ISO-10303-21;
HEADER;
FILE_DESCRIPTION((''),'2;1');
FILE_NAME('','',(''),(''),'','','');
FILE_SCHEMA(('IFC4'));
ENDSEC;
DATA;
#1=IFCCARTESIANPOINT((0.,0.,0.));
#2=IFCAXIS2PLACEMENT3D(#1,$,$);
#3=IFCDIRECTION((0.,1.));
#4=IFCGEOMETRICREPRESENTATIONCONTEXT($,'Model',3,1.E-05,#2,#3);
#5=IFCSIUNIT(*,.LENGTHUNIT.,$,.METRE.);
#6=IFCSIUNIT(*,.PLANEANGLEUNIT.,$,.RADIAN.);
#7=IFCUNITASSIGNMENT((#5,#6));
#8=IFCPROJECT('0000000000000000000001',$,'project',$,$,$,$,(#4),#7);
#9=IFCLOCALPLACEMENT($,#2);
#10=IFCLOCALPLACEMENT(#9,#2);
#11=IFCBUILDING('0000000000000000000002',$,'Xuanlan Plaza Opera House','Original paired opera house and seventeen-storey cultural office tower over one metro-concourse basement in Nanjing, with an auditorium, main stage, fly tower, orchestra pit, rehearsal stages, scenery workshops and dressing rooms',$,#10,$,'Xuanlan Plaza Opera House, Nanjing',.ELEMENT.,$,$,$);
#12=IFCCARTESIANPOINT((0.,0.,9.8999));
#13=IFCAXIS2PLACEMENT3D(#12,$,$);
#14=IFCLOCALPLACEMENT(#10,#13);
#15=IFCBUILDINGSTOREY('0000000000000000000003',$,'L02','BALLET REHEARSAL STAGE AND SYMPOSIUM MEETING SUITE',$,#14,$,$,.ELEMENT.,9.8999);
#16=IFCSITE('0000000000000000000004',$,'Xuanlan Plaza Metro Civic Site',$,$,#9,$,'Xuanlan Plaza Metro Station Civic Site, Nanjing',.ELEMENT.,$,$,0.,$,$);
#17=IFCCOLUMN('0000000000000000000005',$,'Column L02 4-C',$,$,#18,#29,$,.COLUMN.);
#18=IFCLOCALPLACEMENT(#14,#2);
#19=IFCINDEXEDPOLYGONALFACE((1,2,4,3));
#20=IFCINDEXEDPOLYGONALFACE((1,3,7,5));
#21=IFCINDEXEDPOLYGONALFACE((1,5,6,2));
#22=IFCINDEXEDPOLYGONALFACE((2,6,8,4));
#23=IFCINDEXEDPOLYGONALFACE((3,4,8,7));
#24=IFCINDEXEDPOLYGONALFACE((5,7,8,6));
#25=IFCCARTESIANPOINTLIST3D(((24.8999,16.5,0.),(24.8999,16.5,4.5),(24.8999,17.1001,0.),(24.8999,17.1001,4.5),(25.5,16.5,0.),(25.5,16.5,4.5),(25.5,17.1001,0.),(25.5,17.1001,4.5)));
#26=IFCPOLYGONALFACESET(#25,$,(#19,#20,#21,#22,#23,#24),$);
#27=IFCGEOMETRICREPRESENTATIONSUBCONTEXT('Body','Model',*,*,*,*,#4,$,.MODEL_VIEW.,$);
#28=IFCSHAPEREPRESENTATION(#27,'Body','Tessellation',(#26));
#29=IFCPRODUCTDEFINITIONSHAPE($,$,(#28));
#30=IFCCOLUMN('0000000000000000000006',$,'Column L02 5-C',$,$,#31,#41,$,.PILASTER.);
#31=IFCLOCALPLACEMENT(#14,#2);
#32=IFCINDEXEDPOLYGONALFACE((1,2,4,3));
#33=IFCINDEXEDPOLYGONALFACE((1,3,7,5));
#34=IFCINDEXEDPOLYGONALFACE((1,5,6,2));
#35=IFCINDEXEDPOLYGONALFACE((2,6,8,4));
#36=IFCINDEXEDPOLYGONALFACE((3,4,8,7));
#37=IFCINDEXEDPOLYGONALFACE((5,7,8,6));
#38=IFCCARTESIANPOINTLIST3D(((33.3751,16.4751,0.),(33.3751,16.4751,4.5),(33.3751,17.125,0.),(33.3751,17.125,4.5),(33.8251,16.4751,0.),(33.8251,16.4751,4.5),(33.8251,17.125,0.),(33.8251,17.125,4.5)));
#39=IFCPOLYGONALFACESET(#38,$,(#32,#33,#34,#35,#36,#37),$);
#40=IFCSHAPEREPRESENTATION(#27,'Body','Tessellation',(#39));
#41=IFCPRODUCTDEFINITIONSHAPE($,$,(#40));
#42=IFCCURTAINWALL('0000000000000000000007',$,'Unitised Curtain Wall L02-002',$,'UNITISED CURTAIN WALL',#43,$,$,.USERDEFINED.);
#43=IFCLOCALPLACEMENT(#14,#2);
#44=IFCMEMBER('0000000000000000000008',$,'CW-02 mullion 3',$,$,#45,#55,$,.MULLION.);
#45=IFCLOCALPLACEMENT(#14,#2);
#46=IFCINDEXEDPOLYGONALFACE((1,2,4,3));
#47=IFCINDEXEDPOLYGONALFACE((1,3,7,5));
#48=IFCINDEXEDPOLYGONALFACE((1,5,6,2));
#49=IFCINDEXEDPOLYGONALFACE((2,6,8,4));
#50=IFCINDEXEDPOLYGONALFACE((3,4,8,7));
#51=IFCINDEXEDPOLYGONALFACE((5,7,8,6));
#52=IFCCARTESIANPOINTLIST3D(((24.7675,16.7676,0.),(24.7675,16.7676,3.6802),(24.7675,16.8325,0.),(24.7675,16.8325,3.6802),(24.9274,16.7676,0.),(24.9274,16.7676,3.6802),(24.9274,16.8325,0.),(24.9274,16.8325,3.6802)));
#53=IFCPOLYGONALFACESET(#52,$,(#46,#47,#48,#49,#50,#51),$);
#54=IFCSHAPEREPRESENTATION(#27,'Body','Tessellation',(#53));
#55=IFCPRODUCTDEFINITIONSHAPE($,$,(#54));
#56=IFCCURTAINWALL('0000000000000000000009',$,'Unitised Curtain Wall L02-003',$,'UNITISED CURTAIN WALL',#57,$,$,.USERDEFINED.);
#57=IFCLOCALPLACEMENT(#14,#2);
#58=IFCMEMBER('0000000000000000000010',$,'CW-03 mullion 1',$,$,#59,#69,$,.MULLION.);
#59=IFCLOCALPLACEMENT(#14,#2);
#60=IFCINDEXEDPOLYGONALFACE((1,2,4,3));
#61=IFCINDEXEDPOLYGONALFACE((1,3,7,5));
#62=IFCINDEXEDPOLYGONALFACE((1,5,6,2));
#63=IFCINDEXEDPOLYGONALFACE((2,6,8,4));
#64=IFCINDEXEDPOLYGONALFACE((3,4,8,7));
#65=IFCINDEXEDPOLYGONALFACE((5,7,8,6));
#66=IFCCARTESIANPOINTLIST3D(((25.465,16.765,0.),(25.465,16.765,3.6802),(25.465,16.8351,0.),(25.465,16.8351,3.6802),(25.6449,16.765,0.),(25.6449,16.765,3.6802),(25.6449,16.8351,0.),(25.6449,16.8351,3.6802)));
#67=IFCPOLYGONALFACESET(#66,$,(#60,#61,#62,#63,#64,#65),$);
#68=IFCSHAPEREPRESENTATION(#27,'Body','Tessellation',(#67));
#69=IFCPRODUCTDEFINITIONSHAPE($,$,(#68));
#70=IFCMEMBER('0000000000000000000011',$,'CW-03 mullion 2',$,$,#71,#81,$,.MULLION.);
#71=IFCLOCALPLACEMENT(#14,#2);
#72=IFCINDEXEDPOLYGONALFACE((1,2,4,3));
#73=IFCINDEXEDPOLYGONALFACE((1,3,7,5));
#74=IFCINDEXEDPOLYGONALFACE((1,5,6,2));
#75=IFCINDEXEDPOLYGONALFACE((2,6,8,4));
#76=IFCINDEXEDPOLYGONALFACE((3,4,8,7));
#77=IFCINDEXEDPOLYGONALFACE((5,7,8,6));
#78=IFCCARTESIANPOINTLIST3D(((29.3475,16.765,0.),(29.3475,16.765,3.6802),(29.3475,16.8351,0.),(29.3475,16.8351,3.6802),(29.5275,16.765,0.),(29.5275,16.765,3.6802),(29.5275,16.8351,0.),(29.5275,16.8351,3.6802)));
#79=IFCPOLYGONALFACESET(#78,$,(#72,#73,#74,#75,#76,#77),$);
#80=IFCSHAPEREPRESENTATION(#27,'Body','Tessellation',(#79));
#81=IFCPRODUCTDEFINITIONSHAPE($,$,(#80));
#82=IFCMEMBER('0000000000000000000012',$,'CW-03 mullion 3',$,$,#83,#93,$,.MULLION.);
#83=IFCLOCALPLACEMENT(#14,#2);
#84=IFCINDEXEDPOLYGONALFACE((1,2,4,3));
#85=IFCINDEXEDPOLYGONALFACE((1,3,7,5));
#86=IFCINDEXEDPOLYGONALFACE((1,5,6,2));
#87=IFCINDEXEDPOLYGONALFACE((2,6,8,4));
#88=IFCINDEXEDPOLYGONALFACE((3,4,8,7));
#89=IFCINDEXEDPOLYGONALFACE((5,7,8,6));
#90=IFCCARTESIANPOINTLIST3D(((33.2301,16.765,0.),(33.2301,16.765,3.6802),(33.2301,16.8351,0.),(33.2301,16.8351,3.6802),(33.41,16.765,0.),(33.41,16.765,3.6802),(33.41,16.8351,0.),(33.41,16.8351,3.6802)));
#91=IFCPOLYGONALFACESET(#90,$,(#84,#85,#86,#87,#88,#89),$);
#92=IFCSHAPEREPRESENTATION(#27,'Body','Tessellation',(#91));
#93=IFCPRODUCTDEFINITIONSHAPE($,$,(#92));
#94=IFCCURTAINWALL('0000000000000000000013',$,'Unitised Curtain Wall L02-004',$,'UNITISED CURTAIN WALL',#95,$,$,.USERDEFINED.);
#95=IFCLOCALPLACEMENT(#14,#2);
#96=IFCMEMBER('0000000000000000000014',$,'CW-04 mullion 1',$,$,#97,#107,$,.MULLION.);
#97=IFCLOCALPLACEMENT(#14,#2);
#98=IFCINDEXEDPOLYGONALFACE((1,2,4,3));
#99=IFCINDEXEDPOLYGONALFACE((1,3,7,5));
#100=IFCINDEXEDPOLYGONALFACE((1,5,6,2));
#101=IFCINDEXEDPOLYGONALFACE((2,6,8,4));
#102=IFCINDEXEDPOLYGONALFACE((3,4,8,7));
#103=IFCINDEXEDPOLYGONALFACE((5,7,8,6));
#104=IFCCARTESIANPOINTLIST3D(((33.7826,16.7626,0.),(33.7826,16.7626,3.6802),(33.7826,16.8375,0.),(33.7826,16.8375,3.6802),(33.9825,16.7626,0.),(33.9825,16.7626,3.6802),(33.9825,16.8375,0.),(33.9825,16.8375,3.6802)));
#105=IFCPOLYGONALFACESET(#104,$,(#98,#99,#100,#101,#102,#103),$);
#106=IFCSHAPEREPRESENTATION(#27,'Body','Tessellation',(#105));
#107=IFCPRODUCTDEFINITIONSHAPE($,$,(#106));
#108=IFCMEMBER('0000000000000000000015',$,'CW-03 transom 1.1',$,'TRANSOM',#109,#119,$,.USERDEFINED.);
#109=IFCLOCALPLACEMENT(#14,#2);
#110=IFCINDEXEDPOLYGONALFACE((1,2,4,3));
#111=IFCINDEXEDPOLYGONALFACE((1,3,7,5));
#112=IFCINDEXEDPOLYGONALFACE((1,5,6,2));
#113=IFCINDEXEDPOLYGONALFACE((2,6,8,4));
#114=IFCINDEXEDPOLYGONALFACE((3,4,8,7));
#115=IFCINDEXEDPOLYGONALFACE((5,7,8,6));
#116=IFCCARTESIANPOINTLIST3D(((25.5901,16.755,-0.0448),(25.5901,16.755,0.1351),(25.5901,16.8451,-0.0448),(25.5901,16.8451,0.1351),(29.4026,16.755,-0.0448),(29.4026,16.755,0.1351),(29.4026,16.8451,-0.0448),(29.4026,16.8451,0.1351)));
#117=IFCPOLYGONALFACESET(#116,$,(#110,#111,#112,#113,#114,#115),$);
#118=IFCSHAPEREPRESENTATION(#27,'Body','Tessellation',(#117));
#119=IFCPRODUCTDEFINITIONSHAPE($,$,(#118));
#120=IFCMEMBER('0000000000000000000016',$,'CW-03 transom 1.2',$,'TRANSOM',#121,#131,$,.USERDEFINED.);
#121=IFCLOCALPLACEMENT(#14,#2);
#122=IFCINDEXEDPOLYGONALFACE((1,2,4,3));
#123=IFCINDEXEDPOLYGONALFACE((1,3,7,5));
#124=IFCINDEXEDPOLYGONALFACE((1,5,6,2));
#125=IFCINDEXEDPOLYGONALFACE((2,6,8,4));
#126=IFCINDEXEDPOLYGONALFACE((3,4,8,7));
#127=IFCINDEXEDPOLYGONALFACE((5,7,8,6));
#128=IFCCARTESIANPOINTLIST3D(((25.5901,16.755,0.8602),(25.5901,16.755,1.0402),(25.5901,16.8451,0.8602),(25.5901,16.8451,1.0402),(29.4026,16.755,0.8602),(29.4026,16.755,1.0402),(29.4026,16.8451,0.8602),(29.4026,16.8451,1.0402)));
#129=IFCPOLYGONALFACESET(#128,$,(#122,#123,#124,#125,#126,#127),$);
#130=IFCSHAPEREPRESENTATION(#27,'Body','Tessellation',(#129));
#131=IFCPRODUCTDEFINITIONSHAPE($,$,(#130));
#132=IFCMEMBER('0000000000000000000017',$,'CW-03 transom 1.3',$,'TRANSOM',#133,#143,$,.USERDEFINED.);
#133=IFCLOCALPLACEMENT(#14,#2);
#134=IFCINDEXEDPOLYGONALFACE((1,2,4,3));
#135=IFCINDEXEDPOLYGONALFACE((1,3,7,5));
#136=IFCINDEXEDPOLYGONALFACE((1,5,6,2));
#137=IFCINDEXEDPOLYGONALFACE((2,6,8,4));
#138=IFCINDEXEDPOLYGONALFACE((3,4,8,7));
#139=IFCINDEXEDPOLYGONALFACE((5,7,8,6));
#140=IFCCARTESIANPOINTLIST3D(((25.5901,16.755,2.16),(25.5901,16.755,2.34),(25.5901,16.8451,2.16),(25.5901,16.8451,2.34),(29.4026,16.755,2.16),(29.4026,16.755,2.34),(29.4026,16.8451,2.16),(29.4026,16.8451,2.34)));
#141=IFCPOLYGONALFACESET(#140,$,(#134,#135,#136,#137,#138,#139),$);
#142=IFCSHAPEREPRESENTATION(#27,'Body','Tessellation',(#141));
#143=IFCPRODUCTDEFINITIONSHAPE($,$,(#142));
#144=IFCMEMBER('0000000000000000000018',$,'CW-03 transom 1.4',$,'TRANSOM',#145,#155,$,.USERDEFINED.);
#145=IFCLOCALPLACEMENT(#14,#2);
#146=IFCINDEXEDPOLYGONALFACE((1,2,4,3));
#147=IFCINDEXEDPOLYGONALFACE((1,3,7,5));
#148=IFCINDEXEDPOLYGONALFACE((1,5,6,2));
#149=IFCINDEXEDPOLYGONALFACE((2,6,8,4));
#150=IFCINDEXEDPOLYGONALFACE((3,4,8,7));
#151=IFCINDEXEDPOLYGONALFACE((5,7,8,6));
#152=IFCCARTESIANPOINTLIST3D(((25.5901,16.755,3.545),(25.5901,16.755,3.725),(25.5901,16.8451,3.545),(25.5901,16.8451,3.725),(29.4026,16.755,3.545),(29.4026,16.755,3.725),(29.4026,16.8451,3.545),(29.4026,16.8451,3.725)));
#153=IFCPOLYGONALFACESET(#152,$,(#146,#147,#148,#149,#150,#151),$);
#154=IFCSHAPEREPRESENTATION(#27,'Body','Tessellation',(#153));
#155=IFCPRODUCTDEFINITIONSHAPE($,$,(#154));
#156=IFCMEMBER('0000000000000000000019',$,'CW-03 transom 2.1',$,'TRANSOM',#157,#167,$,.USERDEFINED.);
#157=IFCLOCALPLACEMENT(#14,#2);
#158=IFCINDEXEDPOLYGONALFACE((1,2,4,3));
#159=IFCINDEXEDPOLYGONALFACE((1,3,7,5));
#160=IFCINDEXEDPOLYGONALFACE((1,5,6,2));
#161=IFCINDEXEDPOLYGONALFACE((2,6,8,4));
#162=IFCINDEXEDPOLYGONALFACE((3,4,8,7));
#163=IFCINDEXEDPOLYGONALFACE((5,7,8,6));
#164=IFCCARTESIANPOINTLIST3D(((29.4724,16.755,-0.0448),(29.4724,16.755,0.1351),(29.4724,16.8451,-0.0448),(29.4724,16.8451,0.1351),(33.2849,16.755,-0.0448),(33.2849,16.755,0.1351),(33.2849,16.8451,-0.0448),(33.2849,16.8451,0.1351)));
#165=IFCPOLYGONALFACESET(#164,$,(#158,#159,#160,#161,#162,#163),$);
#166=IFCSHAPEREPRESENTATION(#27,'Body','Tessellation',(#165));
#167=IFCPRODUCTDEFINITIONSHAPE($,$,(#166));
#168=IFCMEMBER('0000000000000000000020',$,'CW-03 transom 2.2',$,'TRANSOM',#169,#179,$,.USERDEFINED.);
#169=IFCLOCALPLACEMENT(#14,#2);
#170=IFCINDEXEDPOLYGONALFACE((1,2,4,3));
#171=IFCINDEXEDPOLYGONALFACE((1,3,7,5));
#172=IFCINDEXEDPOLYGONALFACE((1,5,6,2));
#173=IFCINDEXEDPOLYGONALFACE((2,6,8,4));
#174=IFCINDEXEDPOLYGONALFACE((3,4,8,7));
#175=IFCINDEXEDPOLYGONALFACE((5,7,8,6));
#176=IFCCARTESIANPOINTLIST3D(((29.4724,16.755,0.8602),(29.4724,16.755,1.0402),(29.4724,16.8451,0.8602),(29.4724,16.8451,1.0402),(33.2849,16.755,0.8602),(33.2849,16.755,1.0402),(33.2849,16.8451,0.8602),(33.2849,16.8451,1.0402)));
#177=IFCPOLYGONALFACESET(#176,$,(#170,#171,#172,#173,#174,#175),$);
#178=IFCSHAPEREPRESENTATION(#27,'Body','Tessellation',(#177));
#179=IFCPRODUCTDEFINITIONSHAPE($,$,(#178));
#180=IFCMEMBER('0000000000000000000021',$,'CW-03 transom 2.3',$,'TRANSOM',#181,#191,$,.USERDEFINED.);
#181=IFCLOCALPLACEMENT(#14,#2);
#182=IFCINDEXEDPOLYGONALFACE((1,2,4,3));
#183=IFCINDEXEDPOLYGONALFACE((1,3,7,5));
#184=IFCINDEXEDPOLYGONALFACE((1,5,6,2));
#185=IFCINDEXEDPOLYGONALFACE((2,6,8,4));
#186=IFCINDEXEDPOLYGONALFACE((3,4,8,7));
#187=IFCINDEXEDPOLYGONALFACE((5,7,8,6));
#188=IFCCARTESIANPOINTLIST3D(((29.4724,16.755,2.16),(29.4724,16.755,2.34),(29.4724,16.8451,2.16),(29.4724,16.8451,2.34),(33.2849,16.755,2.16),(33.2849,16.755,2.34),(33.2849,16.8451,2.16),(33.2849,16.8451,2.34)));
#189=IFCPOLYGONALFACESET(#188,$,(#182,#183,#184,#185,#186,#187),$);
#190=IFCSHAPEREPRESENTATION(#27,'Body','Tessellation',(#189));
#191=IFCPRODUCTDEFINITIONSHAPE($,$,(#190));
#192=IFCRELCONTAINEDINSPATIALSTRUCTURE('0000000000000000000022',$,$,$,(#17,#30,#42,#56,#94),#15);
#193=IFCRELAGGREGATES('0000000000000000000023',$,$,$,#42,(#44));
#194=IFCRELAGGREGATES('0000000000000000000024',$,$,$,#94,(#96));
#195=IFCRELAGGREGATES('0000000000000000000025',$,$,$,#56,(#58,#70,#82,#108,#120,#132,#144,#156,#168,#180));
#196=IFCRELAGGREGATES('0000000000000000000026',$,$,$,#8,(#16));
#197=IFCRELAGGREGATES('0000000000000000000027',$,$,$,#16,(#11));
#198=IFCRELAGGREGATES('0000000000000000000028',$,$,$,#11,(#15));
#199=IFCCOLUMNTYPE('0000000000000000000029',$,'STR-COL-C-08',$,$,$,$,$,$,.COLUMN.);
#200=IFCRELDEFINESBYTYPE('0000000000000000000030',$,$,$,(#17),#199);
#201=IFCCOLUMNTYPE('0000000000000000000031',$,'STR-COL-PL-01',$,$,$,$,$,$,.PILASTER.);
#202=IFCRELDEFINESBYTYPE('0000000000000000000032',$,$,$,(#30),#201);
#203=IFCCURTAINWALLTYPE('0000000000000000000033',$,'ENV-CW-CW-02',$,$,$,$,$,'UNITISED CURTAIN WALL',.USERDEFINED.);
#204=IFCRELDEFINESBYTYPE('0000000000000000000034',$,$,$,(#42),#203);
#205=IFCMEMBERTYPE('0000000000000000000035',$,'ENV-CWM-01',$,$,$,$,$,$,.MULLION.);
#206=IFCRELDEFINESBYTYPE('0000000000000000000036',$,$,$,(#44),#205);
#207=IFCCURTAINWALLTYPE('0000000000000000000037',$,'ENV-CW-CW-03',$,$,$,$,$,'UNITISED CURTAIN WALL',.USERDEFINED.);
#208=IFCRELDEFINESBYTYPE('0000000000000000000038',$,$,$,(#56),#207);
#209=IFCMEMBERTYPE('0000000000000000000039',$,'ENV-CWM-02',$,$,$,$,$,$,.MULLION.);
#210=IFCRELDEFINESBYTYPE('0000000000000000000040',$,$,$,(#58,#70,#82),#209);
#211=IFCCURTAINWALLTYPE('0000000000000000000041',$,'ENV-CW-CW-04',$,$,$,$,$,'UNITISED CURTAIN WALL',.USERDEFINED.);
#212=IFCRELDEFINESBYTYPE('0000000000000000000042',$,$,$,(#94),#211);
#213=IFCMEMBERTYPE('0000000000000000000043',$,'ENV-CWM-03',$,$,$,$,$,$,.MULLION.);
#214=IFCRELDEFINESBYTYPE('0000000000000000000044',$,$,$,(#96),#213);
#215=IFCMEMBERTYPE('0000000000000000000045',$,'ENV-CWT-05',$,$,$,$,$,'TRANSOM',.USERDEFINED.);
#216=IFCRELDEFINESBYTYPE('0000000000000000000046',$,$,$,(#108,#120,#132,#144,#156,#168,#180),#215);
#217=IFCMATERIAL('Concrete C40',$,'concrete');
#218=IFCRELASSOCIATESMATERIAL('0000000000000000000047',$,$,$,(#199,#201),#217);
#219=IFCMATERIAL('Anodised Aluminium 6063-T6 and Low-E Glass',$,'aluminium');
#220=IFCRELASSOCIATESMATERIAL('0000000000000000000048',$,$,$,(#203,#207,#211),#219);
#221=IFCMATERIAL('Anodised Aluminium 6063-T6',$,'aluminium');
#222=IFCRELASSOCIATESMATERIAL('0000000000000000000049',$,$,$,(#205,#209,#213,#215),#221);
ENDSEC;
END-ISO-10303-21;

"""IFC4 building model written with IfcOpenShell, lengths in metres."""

from ifc_helpers import new_model, si_unit, direction, frame, origin, origin_2d, place, context, subcontext, project, spatial, rectangle, extrude, material, material_profile, profile_set, type_object, element, aggregate, save


model = new_model("IFC4")

# Units and contexts
model_context = context("Model", 3, precision=1e-05, world=origin(), true_north=direction((0.0, 1.0)))
body_context = subcontext(model_context, "Body", "Model", "MODEL_VIEW")
ifc_project = project(units=[si_unit("LENGTHUNIT", "METRE"), si_unit("PLANEANGLEUNIT", "RADIAN")], contexts=[model_context])

# Site, building, storey
site_placement = place(None, origin())
site = spatial("IfcSite", under=ifc_project, at=site_placement, Name="Xuanlan Plaza Metro Civic Site", LongName="Xuanlan Plaza Metro Station Civic Site, Nanjing", CompositionType="ELEMENT", RefElevation=0.0)
building_placement = place(site_placement, origin())
building = spatial("IfcBuilding", under=site, at=building_placement, Name="Xuanlan Plaza Opera House", Description="Original paired opera house and seventeen-storey cultural office tower over one metro-concourse basement in Nanjing, with an auditorium, main stage, fly tower, orchestra pit, rehearsal stages, scenery workshops and dressing rooms", LongName="Xuanlan Plaza Opera House, Nanjing", CompositionType="ELEMENT")
storey_placement = place(building_placement, frame((0.0, 0.0, 9.8999)))
storey = spatial("IfcBuildingStorey", under=building, at=storey_placement, Name="L02", Description="BALLET REHEARSAL STAGE AND SYMPOSIUM MEETING SUITE", CompositionType="ELEMENT", Elevation=9.8999)

# Columns
ifc_material_1 = material(Name="Concrete C40", Category="concrete")
ifc_material_profile_1 = material_profile(ifc_material_1, rectangle(XDim=0.6001, YDim=0.6001, at=origin_2d()), Name="RC-COL 600x600")
ifc_profile_set_1 = profile_set([ifc_material_profile_1], Name="Concrete C40")
column_type_1 = type_object("IfcColumnType", Name="STR-COL-C-08", PredefinedType="COLUMN", material=ifc_profile_set_1)
column_1_placement = place(storey_placement, frame((25.2, 16.8, 0.0), z_axis=(0.0, 0.0, 1.0), x_axis=(1.0, 0.0, 0.0)))
element("IfcColumn", 1, at=column_1_placement, inside=storey, type_object=column_type_1, Name="Column L02 4-C", PredefinedType="COLUMN", context=body_context, shape_type="SweptSolid", body=[
    extrude(rectangle(XDim=0.6001, YDim=0.6001, at=origin_2d()), origin(), (0.0, 0.0, 1.0), 4.5),
])
ifc_material_profile_2 = material_profile(ifc_material_1, rectangle(XDim=0.45, YDim=0.6499, at=origin_2d()), Name="RC-PIL 450x650")
ifc_profile_set_2 = profile_set([ifc_material_profile_2], Name="Concrete C40")
column_type_2 = type_object("IfcColumnType", Name="STR-COL-PL-01", PredefinedType="PILASTER", material=ifc_profile_set_2)
column_2_placement = place(storey_placement, frame((33.6001, 16.8, 0.0), z_axis=(0.0, 0.0, 1.0), x_axis=(1.0, 0.0, 0.0)))
element("IfcColumn", 2, at=column_2_placement, inside=storey, type_object=column_type_2, Name="Column L02 5-C", PredefinedType="PILASTER", context=body_context, shape_type="SweptSolid", body=[
    extrude(rectangle(XDim=0.45, YDim=0.6499, at=origin_2d()), origin(), (0.0, 0.0, 1.0), 4.5),
])

# Curtain wall, member
ifc_material_2 = material(Name="Anodised Aluminium 6063-T6 and Low-E Glass", Category="aluminium")
curtain_wall_type_1 = type_object("IfcCurtainWallType", Name="ENV-CW-CW-02", ElementType="UNITISED CURTAIN WALL", PredefinedType="USERDEFINED", material=ifc_material_2)
curtain_wall_1_placement = place(storey_placement, origin())
curtain_wall_1 = element("IfcCurtainWall", 3, at=curtain_wall_1_placement, inside=storey, type_object=curtain_wall_type_1, Name="Unitised Curtain Wall L02-002", ObjectType="UNITISED CURTAIN WALL", PredefinedType="USERDEFINED")
ifc_material_3 = material(Name="Anodised Aluminium 6063-T6", Category="aluminium")
ifc_material_profile_3 = material_profile(ifc_material_3, rectangle(XDim=0.0649, YDim=0.1599, at=origin_2d()), Name="ALU-M 65x160")
ifc_profile_set_3 = profile_set([ifc_material_profile_3], Name="Anodised Aluminium 6063-T6")
member_type_1 = type_object("IfcMemberType", Name="ENV-CWM-01", PredefinedType="MULLION", material=ifc_profile_set_3)
member_1_placement = place(storey_placement, frame((24.8474, 16.8, 0.0), z_axis=(0.0, 0.0, 1.0), x_axis=(0.0, 1.0, 0.0)))
member_1 = element("IfcMember", 4, at=member_1_placement, type_object=member_type_1, Name="CW-02 mullion 3", PredefinedType="MULLION", context=body_context, shape_type="SweptSolid", body=[
    extrude(rectangle(XDim=0.0649, YDim=0.1599, at=origin_2d()), origin(), (0.0, 0.0, 1.0), 3.6802),
])
aggregate(curtain_wall_1, [member_1])

# Curtain wall, members
curtain_wall_type_2 = type_object("IfcCurtainWallType", Name="ENV-CW-CW-03", ElementType="UNITISED CURTAIN WALL", PredefinedType="USERDEFINED", material=ifc_material_2)
curtain_wall_2_placement = place(storey_placement, origin())
curtain_wall_2 = element("IfcCurtainWall", 5, at=curtain_wall_2_placement, inside=storey, type_object=curtain_wall_type_2, Name="Unitised Curtain Wall L02-003", ObjectType="UNITISED CURTAIN WALL", PredefinedType="USERDEFINED")
ifc_material_profile_4 = material_profile(ifc_material_3, rectangle(XDim=0.0701, YDim=0.1799, at=origin_2d()), Name="ALU-M 70x180")
ifc_profile_set_4 = profile_set([ifc_material_profile_4], Name="Anodised Aluminium 6063-T6")
member_type_2 = type_object("IfcMemberType", Name="ENV-CWM-02", PredefinedType="MULLION", material=ifc_profile_set_4)
member_2_placement = place(storey_placement, frame((25.5549, 16.8, 0.0), z_axis=(0.0, 0.0, 1.0), x_axis=(0.0, 1.0, 0.0)))
member_2 = element("IfcMember", 6, at=member_2_placement, type_object=member_type_2, Name="CW-03 mullion 1", PredefinedType="MULLION", context=body_context, shape_type="SweptSolid", body=[
    extrude(rectangle(XDim=0.0701, YDim=0.1799, at=origin_2d()), origin(), (0.0, 0.0, 1.0), 3.6802),
])
member_3_placement = place(storey_placement, frame((29.4375, 16.8, 0.0), z_axis=(0.0, 0.0, 1.0), x_axis=(0.0, 1.0, 0.0)))
member_3 = element("IfcMember", 7, at=member_3_placement, type_object=member_type_2, Name="CW-03 mullion 2", PredefinedType="MULLION", context=body_context, shape_type="SweptSolid", body=[
    extrude(rectangle(XDim=0.0701, YDim=0.1799, at=origin_2d()), origin(), (0.0, 0.0, 1.0), 3.6802),
])
member_4_placement = place(storey_placement, frame((33.3201, 16.8, 0.0), z_axis=(0.0, 0.0, 1.0), x_axis=(0.0, 1.0, 0.0)))
member_4 = element("IfcMember", 8, at=member_4_placement, type_object=member_type_2, Name="CW-03 mullion 3", PredefinedType="MULLION", context=body_context, shape_type="SweptSolid", body=[
    extrude(rectangle(XDim=0.0701, YDim=0.1799, at=origin_2d()), origin(), (0.0, 0.0, 1.0), 3.6802),
])

# Curtain wall, member
curtain_wall_type_3 = type_object("IfcCurtainWallType", Name="ENV-CW-CW-04", ElementType="UNITISED CURTAIN WALL", PredefinedType="USERDEFINED", material=ifc_material_2)
curtain_wall_3_placement = place(storey_placement, origin())
curtain_wall_3 = element("IfcCurtainWall", 9, at=curtain_wall_3_placement, inside=storey, type_object=curtain_wall_type_3, Name="Unitised Curtain Wall L02-004", ObjectType="UNITISED CURTAIN WALL", PredefinedType="USERDEFINED")
ifc_material_profile_5 = material_profile(ifc_material_3, rectangle(XDim=0.075, YDim=0.2, at=origin_2d()), Name="ALU-M 75x200")
ifc_profile_set_5 = profile_set([ifc_material_profile_5], Name="Anodised Aluminium 6063-T6")
member_type_3 = type_object("IfcMemberType", Name="ENV-CWM-03", PredefinedType="MULLION", material=ifc_profile_set_5)
member_5_placement = place(storey_placement, frame((33.8826, 16.8, 0.0), z_axis=(0.0, 0.0, 1.0), x_axis=(0.0, 1.0, 0.0)))
member_5 = element("IfcMember", 10, at=member_5_placement, type_object=member_type_3, Name="CW-04 mullion 1", PredefinedType="MULLION", context=body_context, shape_type="SweptSolid", body=[
    extrude(rectangle(XDim=0.075, YDim=0.2, at=origin_2d()), origin(), (0.0, 0.0, 1.0), 3.6802),
])
aggregate(curtain_wall_3, [member_5])

# Members
ifc_material_profile_6 = material_profile(ifc_material_3, rectangle(XDim=0.0901, YDim=0.1799, at=origin_2d()), Name="ALU-T 90x180")
ifc_profile_set_6 = profile_set([ifc_material_profile_6], Name="Anodised Aluminium 6063-T6")
member_type_4 = type_object("IfcMemberType", Name="ENV-CWT-05", ElementType="TRANSOM", PredefinedType="USERDEFINED", material=ifc_profile_set_6)
member_6_placement = place(storey_placement, frame((25.5901, 16.8, 0.0452), z_axis=(1.0, 0.0, 0.0), x_axis=(0.0, 1.0, 0.0)))
member_6 = element("IfcMember", 11, at=member_6_placement, type_object=member_type_4, Name="CW-03 transom 1.1", ObjectType="TRANSOM", PredefinedType="USERDEFINED", context=body_context, shape_type="SweptSolid", body=[
    extrude(rectangle(XDim=0.0901, YDim=0.1799, at=origin_2d()), origin(), (0.0, 0.0, 1.0), 3.8125),
])
member_7_placement = place(storey_placement, frame((25.5901, 16.8, 0.9502), z_axis=(1.0, 0.0, 0.0), x_axis=(0.0, 1.0, 0.0)))
member_7 = element("IfcMember", 12, at=member_7_placement, type_object=member_type_4, Name="CW-03 transom 1.2", ObjectType="TRANSOM", PredefinedType="USERDEFINED", context=body_context, shape_type="SweptSolid", body=[
    extrude(rectangle(XDim=0.0901, YDim=0.1799, at=origin_2d()), origin(), (0.0, 0.0, 1.0), 3.8125),
])
member_8_placement = place(storey_placement, frame((25.5901, 16.8, 2.25), z_axis=(1.0, 0.0, 0.0), x_axis=(0.0, 1.0, 0.0)))
member_8 = element("IfcMember", 13, at=member_8_placement, type_object=member_type_4, Name="CW-03 transom 1.3", ObjectType="TRANSOM", PredefinedType="USERDEFINED", context=body_context, shape_type="SweptSolid", body=[
    extrude(rectangle(XDim=0.0901, YDim=0.1799, at=origin_2d()), origin(), (0.0, 0.0, 1.0), 3.8125),
])
member_9_placement = place(storey_placement, frame((25.5901, 16.8, 3.635), z_axis=(1.0, 0.0, 0.0), x_axis=(0.0, 1.0, 0.0)))
member_9 = element("IfcMember", 14, at=member_9_placement, type_object=member_type_4, Name="CW-03 transom 1.4", ObjectType="TRANSOM", PredefinedType="USERDEFINED", context=body_context, shape_type="SweptSolid", body=[
    extrude(rectangle(XDim=0.0901, YDim=0.1799, at=origin_2d()), origin(), (0.0, 0.0, 1.0), 3.8125),
])
member_10_placement = place(storey_placement, frame((29.4724, 16.8, 0.0452), z_axis=(1.0, 0.0, 0.0), x_axis=(0.0, 1.0, 0.0)))
member_10 = element("IfcMember", 15, at=member_10_placement, type_object=member_type_4, Name="CW-03 transom 2.1", ObjectType="TRANSOM", PredefinedType="USERDEFINED", context=body_context, shape_type="SweptSolid", body=[
    extrude(rectangle(XDim=0.0901, YDim=0.1799, at=origin_2d()), origin(), (0.0, 0.0, 1.0), 3.8125),
])
member_11_placement = place(storey_placement, frame((29.4724, 16.8, 0.9502), z_axis=(1.0, 0.0, 0.0), x_axis=(0.0, 1.0, 0.0)))
member_11 = element("IfcMember", 16, at=member_11_placement, type_object=member_type_4, Name="CW-03 transom 2.2", ObjectType="TRANSOM", PredefinedType="USERDEFINED", context=body_context, shape_type="SweptSolid", body=[
    extrude(rectangle(XDim=0.0901, YDim=0.1799, at=origin_2d()), origin(), (0.0, 0.0, 1.0), 3.8125),
])
member_12_placement = place(storey_placement, frame((29.4724, 16.8, 2.25), z_axis=(1.0, 0.0, 0.0), x_axis=(0.0, 1.0, 0.0)))
member_12 = element("IfcMember", 17, at=member_12_placement, type_object=member_type_4, Name="CW-03 transom 2.3", ObjectType="TRANSOM", PredefinedType="USERDEFINED", context=body_context, shape_type="SweptSolid", body=[
    extrude(rectangle(XDim=0.0901, YDim=0.1799, at=origin_2d()), origin(), (0.0, 0.0, 1.0), 3.8125),
])

aggregate(curtain_wall_2, [member_2, member_3, member_4, member_6, member_7, member_8, member_9, member_10, member_11, member_12])

save(model, "model.ifc")
